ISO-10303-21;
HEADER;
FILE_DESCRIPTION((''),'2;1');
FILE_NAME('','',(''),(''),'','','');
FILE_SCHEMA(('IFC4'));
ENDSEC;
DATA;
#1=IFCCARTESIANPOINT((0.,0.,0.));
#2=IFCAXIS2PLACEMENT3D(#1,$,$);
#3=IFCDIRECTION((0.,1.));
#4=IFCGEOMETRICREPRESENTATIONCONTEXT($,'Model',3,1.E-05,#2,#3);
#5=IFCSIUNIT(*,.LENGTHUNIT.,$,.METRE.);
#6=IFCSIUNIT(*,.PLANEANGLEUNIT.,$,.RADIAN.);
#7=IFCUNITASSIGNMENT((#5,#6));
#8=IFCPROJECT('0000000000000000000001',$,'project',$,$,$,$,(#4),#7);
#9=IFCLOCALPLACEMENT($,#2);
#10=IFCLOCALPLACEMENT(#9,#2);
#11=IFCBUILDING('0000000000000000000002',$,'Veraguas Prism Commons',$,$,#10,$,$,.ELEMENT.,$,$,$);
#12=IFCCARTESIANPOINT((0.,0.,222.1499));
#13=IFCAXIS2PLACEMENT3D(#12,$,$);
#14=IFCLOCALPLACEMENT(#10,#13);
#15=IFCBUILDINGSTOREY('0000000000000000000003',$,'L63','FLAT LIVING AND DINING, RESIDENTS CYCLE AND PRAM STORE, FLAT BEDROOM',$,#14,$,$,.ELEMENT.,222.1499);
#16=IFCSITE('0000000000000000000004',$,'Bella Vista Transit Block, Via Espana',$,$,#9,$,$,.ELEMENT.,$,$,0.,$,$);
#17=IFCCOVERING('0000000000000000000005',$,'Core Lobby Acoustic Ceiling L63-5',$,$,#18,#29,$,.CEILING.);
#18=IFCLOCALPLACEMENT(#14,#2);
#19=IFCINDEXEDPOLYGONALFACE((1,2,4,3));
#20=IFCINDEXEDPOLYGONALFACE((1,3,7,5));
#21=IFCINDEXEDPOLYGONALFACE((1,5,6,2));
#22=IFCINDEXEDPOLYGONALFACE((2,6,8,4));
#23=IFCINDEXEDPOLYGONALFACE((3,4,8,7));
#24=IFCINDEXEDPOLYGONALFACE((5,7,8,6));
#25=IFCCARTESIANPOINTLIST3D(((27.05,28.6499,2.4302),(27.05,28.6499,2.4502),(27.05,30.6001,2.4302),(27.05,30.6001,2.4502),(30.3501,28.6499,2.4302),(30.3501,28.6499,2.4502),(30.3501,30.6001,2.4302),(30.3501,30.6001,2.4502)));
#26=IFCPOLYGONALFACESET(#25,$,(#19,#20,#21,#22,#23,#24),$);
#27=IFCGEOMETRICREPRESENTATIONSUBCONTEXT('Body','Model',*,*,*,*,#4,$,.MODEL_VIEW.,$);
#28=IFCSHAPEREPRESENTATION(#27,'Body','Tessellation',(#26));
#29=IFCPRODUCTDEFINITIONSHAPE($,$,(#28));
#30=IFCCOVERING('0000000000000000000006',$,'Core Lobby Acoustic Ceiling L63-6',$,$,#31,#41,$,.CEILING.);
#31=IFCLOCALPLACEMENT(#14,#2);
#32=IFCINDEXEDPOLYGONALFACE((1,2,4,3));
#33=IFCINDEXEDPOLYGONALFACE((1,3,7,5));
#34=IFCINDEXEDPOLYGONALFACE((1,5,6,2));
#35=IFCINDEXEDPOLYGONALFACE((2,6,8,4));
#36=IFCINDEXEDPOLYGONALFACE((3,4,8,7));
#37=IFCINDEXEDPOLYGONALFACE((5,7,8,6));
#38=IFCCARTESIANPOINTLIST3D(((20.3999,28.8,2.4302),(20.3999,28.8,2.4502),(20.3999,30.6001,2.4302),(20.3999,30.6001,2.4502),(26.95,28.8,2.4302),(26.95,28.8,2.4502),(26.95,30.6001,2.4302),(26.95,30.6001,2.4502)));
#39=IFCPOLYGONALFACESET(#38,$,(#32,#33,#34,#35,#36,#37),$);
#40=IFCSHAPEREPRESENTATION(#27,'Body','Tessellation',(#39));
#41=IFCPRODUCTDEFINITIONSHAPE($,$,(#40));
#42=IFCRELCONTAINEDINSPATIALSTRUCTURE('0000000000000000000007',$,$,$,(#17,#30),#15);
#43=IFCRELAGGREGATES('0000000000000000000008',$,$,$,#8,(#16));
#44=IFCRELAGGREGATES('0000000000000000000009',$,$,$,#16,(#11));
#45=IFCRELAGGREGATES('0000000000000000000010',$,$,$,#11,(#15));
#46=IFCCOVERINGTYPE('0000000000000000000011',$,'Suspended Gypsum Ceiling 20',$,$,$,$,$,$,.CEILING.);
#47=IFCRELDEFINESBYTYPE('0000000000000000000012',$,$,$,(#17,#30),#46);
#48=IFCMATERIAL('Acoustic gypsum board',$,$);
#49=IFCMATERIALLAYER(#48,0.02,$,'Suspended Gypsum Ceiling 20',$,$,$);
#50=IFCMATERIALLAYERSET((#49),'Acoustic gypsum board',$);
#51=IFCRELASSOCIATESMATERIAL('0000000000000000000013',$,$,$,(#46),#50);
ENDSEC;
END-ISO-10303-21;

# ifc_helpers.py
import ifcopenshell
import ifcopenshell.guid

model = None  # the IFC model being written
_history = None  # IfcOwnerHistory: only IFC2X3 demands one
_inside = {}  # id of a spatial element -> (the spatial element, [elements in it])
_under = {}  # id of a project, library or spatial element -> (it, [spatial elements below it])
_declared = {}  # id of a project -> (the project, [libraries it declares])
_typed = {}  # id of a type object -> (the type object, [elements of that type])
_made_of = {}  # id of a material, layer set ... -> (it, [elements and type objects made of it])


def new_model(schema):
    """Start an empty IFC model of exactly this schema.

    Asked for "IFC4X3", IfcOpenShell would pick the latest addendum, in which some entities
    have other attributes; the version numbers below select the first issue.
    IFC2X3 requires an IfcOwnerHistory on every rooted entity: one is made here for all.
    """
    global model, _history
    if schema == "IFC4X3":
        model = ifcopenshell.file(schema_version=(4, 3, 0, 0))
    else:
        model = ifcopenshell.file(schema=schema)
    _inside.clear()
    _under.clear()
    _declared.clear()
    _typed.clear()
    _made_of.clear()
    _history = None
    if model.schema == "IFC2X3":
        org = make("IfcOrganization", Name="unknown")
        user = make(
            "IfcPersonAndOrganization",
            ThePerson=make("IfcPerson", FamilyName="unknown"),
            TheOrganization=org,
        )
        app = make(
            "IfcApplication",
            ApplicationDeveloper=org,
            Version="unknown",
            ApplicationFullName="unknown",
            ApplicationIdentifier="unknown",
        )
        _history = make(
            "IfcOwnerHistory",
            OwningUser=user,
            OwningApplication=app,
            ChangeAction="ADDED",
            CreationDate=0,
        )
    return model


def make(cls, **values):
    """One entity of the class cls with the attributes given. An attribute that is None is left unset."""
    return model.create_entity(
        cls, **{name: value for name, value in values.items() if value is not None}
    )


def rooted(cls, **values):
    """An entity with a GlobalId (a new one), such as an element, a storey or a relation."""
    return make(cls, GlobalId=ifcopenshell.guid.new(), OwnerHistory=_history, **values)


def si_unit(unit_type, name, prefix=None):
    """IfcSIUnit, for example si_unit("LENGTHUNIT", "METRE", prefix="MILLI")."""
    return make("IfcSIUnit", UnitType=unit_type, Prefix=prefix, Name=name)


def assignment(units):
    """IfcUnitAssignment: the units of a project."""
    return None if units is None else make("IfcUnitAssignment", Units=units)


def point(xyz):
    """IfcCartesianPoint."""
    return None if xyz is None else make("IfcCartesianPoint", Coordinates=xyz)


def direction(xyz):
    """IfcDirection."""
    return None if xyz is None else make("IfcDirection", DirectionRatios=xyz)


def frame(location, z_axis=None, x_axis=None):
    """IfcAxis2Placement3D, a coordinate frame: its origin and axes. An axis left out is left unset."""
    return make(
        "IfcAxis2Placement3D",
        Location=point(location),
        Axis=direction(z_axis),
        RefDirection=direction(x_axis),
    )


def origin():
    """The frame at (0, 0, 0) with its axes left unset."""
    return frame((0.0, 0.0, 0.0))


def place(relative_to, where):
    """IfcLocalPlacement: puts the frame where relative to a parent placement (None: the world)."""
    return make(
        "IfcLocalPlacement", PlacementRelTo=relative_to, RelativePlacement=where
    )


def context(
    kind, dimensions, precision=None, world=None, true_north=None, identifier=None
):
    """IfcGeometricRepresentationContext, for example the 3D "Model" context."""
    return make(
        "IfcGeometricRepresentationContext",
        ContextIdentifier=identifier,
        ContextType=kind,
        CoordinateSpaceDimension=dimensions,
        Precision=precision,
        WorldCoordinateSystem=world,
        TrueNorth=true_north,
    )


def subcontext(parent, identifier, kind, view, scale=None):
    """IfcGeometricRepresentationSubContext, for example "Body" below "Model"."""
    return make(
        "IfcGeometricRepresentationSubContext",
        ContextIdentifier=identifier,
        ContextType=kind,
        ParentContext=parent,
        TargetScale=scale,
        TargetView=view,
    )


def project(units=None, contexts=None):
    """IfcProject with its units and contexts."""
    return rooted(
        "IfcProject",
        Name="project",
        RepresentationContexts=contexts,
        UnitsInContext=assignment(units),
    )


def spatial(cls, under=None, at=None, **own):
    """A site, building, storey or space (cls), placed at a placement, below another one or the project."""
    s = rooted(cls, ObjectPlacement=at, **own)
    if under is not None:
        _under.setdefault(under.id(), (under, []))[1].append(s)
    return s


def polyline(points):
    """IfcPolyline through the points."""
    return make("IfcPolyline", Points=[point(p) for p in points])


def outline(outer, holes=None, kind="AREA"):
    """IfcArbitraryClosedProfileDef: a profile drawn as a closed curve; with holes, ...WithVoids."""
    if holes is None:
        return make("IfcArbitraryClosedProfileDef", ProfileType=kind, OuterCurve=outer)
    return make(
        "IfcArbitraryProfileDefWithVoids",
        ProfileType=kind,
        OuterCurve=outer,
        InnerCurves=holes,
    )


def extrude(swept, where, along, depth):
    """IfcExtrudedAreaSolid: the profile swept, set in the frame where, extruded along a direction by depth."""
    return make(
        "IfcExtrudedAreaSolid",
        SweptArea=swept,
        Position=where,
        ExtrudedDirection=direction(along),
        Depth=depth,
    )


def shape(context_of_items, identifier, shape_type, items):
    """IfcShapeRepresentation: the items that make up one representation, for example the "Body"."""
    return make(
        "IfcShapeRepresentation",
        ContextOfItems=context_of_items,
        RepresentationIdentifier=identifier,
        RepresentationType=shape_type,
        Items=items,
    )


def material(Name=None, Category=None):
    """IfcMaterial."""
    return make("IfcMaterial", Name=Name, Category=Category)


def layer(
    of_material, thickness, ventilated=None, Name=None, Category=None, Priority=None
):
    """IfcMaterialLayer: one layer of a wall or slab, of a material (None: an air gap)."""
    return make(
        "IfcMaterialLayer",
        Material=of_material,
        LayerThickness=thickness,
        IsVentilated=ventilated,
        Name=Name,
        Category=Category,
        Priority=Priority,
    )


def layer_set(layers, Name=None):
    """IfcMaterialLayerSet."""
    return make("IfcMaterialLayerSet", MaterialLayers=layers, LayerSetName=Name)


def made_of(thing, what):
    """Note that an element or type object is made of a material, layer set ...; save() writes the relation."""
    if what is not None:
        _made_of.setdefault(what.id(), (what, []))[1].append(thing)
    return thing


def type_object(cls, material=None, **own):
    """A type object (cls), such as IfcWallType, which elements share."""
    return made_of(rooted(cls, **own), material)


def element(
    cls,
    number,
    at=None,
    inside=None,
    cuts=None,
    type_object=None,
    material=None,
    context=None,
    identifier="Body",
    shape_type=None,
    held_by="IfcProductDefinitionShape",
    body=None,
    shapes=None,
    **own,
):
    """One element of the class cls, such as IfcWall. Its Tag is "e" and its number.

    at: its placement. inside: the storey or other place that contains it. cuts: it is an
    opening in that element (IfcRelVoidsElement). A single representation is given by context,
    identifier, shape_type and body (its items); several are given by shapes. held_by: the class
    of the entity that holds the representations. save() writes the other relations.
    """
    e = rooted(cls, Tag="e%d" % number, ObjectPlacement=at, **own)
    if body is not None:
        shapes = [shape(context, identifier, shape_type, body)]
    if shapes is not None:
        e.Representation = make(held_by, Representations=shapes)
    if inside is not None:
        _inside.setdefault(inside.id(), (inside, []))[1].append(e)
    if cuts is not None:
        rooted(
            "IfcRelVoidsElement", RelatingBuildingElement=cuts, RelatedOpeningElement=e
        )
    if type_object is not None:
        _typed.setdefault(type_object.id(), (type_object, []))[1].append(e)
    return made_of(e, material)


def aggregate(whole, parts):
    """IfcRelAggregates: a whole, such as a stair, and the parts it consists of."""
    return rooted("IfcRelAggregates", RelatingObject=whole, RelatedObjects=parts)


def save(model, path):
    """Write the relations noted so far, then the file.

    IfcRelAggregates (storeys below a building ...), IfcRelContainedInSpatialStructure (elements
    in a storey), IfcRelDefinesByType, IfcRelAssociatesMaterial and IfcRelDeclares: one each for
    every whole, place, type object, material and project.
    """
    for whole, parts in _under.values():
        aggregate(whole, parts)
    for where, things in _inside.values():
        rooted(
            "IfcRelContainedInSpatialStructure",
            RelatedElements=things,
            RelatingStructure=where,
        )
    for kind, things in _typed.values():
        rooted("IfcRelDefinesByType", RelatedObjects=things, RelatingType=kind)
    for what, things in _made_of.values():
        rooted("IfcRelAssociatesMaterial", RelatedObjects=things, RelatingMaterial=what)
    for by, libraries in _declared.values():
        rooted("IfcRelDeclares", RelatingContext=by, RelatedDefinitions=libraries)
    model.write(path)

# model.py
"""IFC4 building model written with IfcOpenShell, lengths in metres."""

from ifc_helpers import new_model, si_unit, direction, frame, origin, place, context, subcontext, project, spatial, polyline, outline, extrude, material, layer, layer_set, type_object, element, save


model = new_model("IFC4")

# Units and contexts
model_context = context("Model", 3, precision=1e-05, world=origin(), true_north=direction((0.0, 1.0)))
body_context = subcontext(model_context, "Body", "Model", "MODEL_VIEW")
ifc_project = project(units=[si_unit("LENGTHUNIT", "METRE"), si_unit("PLANEANGLEUNIT", "RADIAN")], contexts=[model_context])

# Site, building, storey
site_placement = place(None, origin())
site = spatial("IfcSite", under=ifc_project, at=site_placement, Name="Bella Vista Transit Block, Via Espana", CompositionType="ELEMENT", RefElevation=0.0)
building_placement = place(site_placement, origin())
building = spatial("IfcBuilding", under=site, at=building_placement, Name="Veraguas Prism Commons", CompositionType="ELEMENT")
storey_placement = place(building_placement, frame((0.0, 0.0, 222.1499)))
storey = spatial("IfcBuildingStorey", under=building, at=storey_placement, Name="L63", Description="FLAT LIVING AND DINING, RESIDENTS CYCLE AND PRAM STORE, FLAT BEDROOM", CompositionType="ELEMENT", Elevation=222.1499)

# Coverings
ifc_material_1 = material(Name="Acoustic gypsum board")
ifc_layer_1 = layer(ifc_material_1, 0.02, Name="Suspended Gypsum Ceiling 20")
ifc_layer_set_1 = layer_set([ifc_layer_1], Name="Acoustic gypsum board")
covering_type_1 = type_object("IfcCoveringType", Name="Suspended Gypsum Ceiling 20", PredefinedType="CEILING", material=ifc_layer_set_1)
covering_1_placement = place(storey_placement, frame((0.0, 0.0, 2.4302)))
element("IfcCovering", 1, at=covering_1_placement, inside=storey, type_object=covering_type_1, Name="Core Lobby Acoustic Ceiling L63-5", PredefinedType="CEILING", context=body_context, shape_type="SweptSolid", body=[
    extrude(outline(polyline([(27.05, 28.6499), (30.3501, 28.6499), (30.3501, 30.6001), (27.05, 30.6001), (27.05, 28.6499)])), origin(), (0.0, 0.0, 1.0), 0.02),
])
covering_2_placement = place(storey_placement, frame((0.0, 0.0, 2.4302)))
element("IfcCovering", 2, at=covering_2_placement, inside=storey, type_object=covering_type_1, Name="Core Lobby Acoustic Ceiling L63-6", PredefinedType="CEILING", context=body_context, shape_type="SweptSolid", body=[
    extrude(outline(polyline([(20.3999, 28.8), (26.95, 28.8), (26.95, 30.6001), (20.3999, 30.6001), (20.3999, 28.8)])), origin(), (0.0, 0.0, 1.0), 0.02),
])

save(model, "model.ifc")
